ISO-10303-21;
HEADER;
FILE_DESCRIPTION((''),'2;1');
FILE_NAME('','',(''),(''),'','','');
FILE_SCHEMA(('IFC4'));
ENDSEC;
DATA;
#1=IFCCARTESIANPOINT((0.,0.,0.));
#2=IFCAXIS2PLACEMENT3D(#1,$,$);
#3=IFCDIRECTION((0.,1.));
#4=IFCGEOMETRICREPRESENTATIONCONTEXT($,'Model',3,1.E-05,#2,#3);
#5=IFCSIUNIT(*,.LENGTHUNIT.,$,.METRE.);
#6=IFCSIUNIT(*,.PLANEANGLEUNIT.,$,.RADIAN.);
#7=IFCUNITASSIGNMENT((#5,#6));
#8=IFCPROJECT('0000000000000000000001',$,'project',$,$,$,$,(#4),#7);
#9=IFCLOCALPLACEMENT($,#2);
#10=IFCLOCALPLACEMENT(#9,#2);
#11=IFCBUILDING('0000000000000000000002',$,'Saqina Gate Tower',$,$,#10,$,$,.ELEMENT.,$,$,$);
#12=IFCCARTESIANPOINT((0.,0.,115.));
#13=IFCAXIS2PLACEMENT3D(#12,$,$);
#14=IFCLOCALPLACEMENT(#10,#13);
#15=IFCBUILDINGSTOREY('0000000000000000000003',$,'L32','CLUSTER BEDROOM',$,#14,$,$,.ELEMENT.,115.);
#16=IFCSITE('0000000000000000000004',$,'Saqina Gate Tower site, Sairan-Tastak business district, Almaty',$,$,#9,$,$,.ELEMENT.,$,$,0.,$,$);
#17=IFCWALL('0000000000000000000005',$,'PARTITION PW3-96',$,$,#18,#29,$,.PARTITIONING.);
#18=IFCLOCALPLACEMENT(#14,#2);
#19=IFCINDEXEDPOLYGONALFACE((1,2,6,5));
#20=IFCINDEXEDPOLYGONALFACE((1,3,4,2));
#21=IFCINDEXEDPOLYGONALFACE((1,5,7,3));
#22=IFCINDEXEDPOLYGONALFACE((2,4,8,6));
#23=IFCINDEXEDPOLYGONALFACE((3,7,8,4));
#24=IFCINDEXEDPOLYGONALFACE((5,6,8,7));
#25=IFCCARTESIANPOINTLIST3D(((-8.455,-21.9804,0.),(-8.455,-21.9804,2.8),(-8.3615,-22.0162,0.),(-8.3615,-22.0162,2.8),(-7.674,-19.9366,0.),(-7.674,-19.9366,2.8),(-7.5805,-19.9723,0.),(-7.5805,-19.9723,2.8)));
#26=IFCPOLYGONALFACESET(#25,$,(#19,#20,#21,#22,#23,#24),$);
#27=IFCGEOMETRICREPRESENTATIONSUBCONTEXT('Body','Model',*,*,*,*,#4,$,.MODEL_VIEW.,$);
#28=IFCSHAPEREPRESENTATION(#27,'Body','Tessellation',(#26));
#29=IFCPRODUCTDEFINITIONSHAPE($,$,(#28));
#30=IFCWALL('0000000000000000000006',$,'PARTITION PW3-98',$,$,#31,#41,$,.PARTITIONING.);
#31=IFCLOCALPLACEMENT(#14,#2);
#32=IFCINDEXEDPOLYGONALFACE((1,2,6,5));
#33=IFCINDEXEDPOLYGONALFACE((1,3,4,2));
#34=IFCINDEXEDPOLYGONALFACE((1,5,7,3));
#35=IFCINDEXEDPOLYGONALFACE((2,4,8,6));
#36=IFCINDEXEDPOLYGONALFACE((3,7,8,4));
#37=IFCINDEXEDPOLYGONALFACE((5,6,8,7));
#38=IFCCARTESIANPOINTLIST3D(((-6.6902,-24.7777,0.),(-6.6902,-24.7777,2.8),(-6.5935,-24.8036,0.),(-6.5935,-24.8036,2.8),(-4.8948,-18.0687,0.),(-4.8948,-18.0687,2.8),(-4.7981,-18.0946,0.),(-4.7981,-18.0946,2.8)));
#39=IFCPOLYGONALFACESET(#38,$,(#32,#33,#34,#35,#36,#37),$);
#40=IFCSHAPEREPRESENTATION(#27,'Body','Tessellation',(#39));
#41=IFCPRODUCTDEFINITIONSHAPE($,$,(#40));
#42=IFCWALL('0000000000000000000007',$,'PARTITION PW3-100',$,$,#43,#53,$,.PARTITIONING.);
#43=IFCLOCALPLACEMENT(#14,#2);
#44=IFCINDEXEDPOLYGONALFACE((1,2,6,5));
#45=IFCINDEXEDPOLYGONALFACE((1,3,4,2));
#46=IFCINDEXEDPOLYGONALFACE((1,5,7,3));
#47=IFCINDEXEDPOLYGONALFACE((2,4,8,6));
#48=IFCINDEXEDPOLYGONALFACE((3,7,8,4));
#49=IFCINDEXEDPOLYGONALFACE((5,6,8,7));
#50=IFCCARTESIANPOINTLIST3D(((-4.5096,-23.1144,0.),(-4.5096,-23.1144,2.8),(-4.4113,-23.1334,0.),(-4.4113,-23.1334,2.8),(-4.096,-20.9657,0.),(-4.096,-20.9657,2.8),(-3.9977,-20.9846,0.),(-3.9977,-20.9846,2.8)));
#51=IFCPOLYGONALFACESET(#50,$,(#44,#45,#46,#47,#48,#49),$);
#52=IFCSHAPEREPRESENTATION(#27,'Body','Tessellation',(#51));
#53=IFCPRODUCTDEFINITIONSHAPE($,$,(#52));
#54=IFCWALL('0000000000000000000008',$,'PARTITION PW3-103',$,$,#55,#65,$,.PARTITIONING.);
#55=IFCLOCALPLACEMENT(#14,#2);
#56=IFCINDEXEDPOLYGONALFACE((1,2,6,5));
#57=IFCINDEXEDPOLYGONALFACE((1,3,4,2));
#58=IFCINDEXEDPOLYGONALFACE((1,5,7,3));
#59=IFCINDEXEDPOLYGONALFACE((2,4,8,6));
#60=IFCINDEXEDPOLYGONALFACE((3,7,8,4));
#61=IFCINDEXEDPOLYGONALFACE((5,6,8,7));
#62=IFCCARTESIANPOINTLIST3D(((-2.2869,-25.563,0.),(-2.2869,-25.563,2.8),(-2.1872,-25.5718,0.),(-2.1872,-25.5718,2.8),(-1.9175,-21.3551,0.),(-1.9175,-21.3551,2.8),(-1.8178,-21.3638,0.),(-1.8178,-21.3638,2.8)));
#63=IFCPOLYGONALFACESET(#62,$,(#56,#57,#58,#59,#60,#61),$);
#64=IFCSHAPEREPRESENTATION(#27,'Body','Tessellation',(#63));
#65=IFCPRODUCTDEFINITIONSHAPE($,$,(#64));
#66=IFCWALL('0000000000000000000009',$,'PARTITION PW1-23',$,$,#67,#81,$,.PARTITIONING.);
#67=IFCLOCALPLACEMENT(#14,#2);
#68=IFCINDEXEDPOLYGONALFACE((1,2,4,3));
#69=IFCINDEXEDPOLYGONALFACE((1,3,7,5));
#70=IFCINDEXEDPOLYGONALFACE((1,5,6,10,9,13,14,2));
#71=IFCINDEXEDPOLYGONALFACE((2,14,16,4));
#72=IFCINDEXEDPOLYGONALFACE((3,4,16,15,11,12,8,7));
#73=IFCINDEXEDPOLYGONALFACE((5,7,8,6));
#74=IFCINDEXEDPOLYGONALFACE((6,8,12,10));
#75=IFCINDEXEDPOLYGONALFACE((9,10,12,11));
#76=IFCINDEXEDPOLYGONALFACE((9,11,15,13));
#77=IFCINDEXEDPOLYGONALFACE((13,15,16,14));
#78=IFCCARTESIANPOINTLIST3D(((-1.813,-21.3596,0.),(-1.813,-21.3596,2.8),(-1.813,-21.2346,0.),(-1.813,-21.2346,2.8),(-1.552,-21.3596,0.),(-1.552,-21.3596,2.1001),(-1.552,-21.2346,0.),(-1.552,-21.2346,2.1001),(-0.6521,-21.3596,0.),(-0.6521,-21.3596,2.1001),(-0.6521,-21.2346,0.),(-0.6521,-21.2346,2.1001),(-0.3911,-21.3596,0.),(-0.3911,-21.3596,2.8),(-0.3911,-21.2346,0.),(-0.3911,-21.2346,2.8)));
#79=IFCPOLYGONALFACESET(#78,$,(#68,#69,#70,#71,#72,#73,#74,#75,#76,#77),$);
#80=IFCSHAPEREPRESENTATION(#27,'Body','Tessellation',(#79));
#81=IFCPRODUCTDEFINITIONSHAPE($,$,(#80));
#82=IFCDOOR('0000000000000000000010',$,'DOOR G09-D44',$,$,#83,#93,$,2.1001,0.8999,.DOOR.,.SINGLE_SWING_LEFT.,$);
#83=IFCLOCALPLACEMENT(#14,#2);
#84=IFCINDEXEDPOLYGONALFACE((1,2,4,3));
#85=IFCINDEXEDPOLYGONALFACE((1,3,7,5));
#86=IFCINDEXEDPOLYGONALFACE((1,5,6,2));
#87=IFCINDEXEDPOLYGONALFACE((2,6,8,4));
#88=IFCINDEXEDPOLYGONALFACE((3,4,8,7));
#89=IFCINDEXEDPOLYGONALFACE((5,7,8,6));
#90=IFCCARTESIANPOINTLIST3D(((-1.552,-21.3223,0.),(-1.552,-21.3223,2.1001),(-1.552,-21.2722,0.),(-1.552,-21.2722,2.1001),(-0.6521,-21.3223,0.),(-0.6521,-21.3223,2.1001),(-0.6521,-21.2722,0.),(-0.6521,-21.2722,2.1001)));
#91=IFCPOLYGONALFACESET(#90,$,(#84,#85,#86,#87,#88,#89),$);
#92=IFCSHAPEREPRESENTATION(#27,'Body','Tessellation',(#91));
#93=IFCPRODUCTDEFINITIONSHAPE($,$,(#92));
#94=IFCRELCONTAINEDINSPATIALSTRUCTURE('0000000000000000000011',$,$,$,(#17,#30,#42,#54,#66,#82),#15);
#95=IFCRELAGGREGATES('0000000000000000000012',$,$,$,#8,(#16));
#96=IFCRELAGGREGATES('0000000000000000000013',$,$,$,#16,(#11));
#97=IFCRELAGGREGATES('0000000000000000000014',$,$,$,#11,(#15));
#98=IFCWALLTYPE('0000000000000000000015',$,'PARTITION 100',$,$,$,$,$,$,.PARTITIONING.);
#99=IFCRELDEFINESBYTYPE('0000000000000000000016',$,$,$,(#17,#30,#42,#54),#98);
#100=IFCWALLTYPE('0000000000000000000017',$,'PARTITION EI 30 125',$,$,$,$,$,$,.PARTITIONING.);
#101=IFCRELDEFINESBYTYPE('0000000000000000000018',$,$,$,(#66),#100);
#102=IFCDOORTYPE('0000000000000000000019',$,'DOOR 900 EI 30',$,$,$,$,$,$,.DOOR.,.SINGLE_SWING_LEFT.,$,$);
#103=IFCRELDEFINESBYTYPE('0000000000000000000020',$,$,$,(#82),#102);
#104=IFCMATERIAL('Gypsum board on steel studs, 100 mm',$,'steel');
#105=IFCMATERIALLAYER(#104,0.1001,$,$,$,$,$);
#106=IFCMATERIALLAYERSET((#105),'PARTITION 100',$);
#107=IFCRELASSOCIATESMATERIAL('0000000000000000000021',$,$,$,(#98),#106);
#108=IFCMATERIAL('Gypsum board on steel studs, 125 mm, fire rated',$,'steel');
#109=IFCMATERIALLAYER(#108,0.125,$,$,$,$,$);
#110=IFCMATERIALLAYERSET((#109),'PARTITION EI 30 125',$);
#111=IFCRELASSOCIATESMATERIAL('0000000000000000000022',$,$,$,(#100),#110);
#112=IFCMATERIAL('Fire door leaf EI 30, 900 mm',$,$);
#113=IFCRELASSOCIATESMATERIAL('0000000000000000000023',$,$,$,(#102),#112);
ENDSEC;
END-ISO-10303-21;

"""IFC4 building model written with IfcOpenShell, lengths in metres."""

from ifc_helpers import new_model, si_unit, direction, frame, frame_2d, origin, place, context, subcontext, project, spatial, rectangle, extrude, material, layer, layer_set, type_object, element, fill, save


model = new_model("IFC4")

# Units and contexts
model_context = context("Model", 3, precision=1e-05, world=origin(), true_north=direction((0.0, 1.0)))
body_context = subcontext(model_context, "Body", "Model", "MODEL_VIEW")
ifc_project = project(units=[si_unit("LENGTHUNIT", "METRE"), si_unit("PLANEANGLEUNIT", "RADIAN")], contexts=[model_context])

# Site, building, storey
site_placement = place(None, origin())
site = spatial("IfcSite", under=ifc_project, at=site_placement, Name="Saqina Gate Tower site, Sairan-Tastak business district, Almaty", CompositionType="ELEMENT", RefElevation=0.0)
building_placement = place(site_placement, origin())
building = spatial("IfcBuilding", under=site, at=building_placement, Name="Saqina Gate Tower", CompositionType="ELEMENT")
storey_placement = place(building_placement, frame((0.0, 0.0, 115.0)))
storey = spatial("IfcBuildingStorey", under=building, at=storey_placement, Name="L32", Description="CLUSTER BEDROOM", CompositionType="ELEMENT", Elevation=115.0)

# Shared definitions
ifc_material_1 = material(Name="Gypsum board on steel studs, 100 mm", Category="steel")
ifc_layer_1 = layer(ifc_material_1, 0.1001)
ifc_layer_set_1 = layer_set([ifc_layer_1], Name="PARTITION 100")
wall_type_1 = type_object("IfcWallType", Name="PARTITION 100", PredefinedType="PARTITIONING", material=ifc_layer_set_1)

# Walls
wall_1_placement = place(storey_placement, frame((-8.4082, -21.9983, 0.0), z_axis=(0.0, 0.0, 1.0), x_axis=(0.356937, 0.934128, 0.0)))
element("IfcWall", 1, at=wall_1_placement, inside=storey, type_object=wall_type_1, Name="PARTITION PW3-96", PredefinedType="PARTITIONING", context=body_context, shape_type="SweptSolid", body=[
    extrude(rectangle(XDim=2.188, YDim=0.1001, at=frame_2d((1.094, 0.0))), origin(), (0.0, 0.0, 1.0), 2.8),
])
wall_2_placement = place(storey_placement, frame((-6.6418, -24.7908, 0.0), z_axis=(0.0, 0.0, 1.0), x_axis=(0.258516, 0.966007, 0.0)))
element("IfcWall", 2, at=wall_2_placement, inside=storey, type_object=wall_type_1, Name="PARTITION PW3-98", PredefinedType="PARTITIONING", context=body_context, shape_type="SweptSolid", body=[
    extrude(rectangle(XDim=6.9451, YDim=0.1001, at=frame_2d((3.4727, 0.0))), origin(), (0.0, 0.0, 1.0), 2.8),
])
wall_3_placement = place(storey_placement, frame((-4.4604, -23.124, 0.0), z_axis=(0.0, 0.0, 1.0), x_axis=(0.189009, 0.981975, 0.0)))
element("IfcWall", 3, at=wall_3_placement, inside=storey, type_object=wall_type_1, Name="PARTITION PW3-100", PredefinedType="PARTITIONING", context=body_context, shape_type="SweptSolid", body=[
    extrude(rectangle(XDim=2.1882, YDim=0.1001, at=frame_2d((1.0942, 0.0))), origin(), (0.0, 0.0, 1.0), 2.8),
])
wall_4_placement = place(storey_placement, frame((-2.2371, -25.5674, 0.0), z_axis=(0.0, 0.0, 1.0), x_axis=(0.087445, 0.996169, 0.0)))
element("IfcWall", 4, at=wall_4_placement, inside=storey, type_object=wall_type_1, Name="PARTITION PW3-103", PredefinedType="PARTITIONING", context=body_context, shape_type="SweptSolid", body=[
    extrude(rectangle(XDim=4.2241, YDim=0.1001, at=frame_2d((2.1121, 0.0))), origin(), (0.0, 0.0, 1.0), 2.8),
])

# Wall, opening, door
ifc_material_2 = material(Name="Gypsum board on steel studs, 125 mm, fire rated", Category="steel")
ifc_layer_2 = layer(ifc_material_2, 0.125)
ifc_layer_set_2 = layer_set([ifc_layer_2], Name="PARTITION EI 30 125")
wall_type_2 = type_object("IfcWallType", Name="PARTITION EI 30 125", PredefinedType="PARTITIONING", material=ifc_layer_set_2)
wall_5_placement = place(storey_placement, frame((-1.813, -21.2971, 0.0), z_axis=(0.0, 0.0, 1.0), x_axis=(1.0, 0.0, 0.0)))
wall_5 = element("IfcWall", 5, at=wall_5_placement, inside=storey, type_object=wall_type_2, Name="PARTITION PW1-23", PredefinedType="PARTITIONING", context=body_context, shape_type="SweptSolid", body=[
    extrude(rectangle(XDim=1.4219, YDim=0.125, at=frame_2d((0.7109, 0.0))), origin(), (0.0, 0.0, 1.0), 2.8),
])
opening_1_placement = place(wall_5_placement, frame((0.261, 0.0, 0.0)))
opening_1 = element("IfcOpeningElement", 6, at=opening_1_placement, cuts=wall_5, PredefinedType="OPENING", context=body_context, shape_type="SweptSolid", body=[
    extrude(rectangle(XDim=0.8999, YDim=2.1001, at=frame_2d((0.45, 1.05))), frame((0.0, 0.0745, 0.0), z_axis=(0.0, -1.0, 0.0), x_axis=(1.0, 0.0, 0.0)), (0.0, 0.0, 1.0), 0.1489),
])
ifc_material_3 = material(Name="Fire door leaf EI 30, 900 mm")
door_type_1 = type_object("IfcDoorType", Name="DOOR 900 EI 30", OperationType="SINGLE_SWING_LEFT", PredefinedType="DOOR", material=ifc_material_3)
door_1_placement = place(opening_1_placement, origin())
door_1 = element("IfcDoor", 7, at=door_1_placement, inside=storey, type_object=door_type_1, Name="DOOR G09-D44", OperationType="SINGLE_SWING_LEFT", OverallHeight=2.1001, OverallWidth=0.8999, PredefinedType="DOOR", context=body_context, shape_type="SweptSolid", body=[
    extrude(rectangle(XDim=0.8999, YDim=2.1001, at=frame_2d((0.45, 1.05))), frame((0.0, 0.0249, 0.0), z_axis=(0.0, -1.0, 0.0), x_axis=(1.0, 0.0, 0.0)), (0.0, 0.0, 1.0), 0.05),
])
fill(opening_1, door_1)

save(model, "model.ifc")
